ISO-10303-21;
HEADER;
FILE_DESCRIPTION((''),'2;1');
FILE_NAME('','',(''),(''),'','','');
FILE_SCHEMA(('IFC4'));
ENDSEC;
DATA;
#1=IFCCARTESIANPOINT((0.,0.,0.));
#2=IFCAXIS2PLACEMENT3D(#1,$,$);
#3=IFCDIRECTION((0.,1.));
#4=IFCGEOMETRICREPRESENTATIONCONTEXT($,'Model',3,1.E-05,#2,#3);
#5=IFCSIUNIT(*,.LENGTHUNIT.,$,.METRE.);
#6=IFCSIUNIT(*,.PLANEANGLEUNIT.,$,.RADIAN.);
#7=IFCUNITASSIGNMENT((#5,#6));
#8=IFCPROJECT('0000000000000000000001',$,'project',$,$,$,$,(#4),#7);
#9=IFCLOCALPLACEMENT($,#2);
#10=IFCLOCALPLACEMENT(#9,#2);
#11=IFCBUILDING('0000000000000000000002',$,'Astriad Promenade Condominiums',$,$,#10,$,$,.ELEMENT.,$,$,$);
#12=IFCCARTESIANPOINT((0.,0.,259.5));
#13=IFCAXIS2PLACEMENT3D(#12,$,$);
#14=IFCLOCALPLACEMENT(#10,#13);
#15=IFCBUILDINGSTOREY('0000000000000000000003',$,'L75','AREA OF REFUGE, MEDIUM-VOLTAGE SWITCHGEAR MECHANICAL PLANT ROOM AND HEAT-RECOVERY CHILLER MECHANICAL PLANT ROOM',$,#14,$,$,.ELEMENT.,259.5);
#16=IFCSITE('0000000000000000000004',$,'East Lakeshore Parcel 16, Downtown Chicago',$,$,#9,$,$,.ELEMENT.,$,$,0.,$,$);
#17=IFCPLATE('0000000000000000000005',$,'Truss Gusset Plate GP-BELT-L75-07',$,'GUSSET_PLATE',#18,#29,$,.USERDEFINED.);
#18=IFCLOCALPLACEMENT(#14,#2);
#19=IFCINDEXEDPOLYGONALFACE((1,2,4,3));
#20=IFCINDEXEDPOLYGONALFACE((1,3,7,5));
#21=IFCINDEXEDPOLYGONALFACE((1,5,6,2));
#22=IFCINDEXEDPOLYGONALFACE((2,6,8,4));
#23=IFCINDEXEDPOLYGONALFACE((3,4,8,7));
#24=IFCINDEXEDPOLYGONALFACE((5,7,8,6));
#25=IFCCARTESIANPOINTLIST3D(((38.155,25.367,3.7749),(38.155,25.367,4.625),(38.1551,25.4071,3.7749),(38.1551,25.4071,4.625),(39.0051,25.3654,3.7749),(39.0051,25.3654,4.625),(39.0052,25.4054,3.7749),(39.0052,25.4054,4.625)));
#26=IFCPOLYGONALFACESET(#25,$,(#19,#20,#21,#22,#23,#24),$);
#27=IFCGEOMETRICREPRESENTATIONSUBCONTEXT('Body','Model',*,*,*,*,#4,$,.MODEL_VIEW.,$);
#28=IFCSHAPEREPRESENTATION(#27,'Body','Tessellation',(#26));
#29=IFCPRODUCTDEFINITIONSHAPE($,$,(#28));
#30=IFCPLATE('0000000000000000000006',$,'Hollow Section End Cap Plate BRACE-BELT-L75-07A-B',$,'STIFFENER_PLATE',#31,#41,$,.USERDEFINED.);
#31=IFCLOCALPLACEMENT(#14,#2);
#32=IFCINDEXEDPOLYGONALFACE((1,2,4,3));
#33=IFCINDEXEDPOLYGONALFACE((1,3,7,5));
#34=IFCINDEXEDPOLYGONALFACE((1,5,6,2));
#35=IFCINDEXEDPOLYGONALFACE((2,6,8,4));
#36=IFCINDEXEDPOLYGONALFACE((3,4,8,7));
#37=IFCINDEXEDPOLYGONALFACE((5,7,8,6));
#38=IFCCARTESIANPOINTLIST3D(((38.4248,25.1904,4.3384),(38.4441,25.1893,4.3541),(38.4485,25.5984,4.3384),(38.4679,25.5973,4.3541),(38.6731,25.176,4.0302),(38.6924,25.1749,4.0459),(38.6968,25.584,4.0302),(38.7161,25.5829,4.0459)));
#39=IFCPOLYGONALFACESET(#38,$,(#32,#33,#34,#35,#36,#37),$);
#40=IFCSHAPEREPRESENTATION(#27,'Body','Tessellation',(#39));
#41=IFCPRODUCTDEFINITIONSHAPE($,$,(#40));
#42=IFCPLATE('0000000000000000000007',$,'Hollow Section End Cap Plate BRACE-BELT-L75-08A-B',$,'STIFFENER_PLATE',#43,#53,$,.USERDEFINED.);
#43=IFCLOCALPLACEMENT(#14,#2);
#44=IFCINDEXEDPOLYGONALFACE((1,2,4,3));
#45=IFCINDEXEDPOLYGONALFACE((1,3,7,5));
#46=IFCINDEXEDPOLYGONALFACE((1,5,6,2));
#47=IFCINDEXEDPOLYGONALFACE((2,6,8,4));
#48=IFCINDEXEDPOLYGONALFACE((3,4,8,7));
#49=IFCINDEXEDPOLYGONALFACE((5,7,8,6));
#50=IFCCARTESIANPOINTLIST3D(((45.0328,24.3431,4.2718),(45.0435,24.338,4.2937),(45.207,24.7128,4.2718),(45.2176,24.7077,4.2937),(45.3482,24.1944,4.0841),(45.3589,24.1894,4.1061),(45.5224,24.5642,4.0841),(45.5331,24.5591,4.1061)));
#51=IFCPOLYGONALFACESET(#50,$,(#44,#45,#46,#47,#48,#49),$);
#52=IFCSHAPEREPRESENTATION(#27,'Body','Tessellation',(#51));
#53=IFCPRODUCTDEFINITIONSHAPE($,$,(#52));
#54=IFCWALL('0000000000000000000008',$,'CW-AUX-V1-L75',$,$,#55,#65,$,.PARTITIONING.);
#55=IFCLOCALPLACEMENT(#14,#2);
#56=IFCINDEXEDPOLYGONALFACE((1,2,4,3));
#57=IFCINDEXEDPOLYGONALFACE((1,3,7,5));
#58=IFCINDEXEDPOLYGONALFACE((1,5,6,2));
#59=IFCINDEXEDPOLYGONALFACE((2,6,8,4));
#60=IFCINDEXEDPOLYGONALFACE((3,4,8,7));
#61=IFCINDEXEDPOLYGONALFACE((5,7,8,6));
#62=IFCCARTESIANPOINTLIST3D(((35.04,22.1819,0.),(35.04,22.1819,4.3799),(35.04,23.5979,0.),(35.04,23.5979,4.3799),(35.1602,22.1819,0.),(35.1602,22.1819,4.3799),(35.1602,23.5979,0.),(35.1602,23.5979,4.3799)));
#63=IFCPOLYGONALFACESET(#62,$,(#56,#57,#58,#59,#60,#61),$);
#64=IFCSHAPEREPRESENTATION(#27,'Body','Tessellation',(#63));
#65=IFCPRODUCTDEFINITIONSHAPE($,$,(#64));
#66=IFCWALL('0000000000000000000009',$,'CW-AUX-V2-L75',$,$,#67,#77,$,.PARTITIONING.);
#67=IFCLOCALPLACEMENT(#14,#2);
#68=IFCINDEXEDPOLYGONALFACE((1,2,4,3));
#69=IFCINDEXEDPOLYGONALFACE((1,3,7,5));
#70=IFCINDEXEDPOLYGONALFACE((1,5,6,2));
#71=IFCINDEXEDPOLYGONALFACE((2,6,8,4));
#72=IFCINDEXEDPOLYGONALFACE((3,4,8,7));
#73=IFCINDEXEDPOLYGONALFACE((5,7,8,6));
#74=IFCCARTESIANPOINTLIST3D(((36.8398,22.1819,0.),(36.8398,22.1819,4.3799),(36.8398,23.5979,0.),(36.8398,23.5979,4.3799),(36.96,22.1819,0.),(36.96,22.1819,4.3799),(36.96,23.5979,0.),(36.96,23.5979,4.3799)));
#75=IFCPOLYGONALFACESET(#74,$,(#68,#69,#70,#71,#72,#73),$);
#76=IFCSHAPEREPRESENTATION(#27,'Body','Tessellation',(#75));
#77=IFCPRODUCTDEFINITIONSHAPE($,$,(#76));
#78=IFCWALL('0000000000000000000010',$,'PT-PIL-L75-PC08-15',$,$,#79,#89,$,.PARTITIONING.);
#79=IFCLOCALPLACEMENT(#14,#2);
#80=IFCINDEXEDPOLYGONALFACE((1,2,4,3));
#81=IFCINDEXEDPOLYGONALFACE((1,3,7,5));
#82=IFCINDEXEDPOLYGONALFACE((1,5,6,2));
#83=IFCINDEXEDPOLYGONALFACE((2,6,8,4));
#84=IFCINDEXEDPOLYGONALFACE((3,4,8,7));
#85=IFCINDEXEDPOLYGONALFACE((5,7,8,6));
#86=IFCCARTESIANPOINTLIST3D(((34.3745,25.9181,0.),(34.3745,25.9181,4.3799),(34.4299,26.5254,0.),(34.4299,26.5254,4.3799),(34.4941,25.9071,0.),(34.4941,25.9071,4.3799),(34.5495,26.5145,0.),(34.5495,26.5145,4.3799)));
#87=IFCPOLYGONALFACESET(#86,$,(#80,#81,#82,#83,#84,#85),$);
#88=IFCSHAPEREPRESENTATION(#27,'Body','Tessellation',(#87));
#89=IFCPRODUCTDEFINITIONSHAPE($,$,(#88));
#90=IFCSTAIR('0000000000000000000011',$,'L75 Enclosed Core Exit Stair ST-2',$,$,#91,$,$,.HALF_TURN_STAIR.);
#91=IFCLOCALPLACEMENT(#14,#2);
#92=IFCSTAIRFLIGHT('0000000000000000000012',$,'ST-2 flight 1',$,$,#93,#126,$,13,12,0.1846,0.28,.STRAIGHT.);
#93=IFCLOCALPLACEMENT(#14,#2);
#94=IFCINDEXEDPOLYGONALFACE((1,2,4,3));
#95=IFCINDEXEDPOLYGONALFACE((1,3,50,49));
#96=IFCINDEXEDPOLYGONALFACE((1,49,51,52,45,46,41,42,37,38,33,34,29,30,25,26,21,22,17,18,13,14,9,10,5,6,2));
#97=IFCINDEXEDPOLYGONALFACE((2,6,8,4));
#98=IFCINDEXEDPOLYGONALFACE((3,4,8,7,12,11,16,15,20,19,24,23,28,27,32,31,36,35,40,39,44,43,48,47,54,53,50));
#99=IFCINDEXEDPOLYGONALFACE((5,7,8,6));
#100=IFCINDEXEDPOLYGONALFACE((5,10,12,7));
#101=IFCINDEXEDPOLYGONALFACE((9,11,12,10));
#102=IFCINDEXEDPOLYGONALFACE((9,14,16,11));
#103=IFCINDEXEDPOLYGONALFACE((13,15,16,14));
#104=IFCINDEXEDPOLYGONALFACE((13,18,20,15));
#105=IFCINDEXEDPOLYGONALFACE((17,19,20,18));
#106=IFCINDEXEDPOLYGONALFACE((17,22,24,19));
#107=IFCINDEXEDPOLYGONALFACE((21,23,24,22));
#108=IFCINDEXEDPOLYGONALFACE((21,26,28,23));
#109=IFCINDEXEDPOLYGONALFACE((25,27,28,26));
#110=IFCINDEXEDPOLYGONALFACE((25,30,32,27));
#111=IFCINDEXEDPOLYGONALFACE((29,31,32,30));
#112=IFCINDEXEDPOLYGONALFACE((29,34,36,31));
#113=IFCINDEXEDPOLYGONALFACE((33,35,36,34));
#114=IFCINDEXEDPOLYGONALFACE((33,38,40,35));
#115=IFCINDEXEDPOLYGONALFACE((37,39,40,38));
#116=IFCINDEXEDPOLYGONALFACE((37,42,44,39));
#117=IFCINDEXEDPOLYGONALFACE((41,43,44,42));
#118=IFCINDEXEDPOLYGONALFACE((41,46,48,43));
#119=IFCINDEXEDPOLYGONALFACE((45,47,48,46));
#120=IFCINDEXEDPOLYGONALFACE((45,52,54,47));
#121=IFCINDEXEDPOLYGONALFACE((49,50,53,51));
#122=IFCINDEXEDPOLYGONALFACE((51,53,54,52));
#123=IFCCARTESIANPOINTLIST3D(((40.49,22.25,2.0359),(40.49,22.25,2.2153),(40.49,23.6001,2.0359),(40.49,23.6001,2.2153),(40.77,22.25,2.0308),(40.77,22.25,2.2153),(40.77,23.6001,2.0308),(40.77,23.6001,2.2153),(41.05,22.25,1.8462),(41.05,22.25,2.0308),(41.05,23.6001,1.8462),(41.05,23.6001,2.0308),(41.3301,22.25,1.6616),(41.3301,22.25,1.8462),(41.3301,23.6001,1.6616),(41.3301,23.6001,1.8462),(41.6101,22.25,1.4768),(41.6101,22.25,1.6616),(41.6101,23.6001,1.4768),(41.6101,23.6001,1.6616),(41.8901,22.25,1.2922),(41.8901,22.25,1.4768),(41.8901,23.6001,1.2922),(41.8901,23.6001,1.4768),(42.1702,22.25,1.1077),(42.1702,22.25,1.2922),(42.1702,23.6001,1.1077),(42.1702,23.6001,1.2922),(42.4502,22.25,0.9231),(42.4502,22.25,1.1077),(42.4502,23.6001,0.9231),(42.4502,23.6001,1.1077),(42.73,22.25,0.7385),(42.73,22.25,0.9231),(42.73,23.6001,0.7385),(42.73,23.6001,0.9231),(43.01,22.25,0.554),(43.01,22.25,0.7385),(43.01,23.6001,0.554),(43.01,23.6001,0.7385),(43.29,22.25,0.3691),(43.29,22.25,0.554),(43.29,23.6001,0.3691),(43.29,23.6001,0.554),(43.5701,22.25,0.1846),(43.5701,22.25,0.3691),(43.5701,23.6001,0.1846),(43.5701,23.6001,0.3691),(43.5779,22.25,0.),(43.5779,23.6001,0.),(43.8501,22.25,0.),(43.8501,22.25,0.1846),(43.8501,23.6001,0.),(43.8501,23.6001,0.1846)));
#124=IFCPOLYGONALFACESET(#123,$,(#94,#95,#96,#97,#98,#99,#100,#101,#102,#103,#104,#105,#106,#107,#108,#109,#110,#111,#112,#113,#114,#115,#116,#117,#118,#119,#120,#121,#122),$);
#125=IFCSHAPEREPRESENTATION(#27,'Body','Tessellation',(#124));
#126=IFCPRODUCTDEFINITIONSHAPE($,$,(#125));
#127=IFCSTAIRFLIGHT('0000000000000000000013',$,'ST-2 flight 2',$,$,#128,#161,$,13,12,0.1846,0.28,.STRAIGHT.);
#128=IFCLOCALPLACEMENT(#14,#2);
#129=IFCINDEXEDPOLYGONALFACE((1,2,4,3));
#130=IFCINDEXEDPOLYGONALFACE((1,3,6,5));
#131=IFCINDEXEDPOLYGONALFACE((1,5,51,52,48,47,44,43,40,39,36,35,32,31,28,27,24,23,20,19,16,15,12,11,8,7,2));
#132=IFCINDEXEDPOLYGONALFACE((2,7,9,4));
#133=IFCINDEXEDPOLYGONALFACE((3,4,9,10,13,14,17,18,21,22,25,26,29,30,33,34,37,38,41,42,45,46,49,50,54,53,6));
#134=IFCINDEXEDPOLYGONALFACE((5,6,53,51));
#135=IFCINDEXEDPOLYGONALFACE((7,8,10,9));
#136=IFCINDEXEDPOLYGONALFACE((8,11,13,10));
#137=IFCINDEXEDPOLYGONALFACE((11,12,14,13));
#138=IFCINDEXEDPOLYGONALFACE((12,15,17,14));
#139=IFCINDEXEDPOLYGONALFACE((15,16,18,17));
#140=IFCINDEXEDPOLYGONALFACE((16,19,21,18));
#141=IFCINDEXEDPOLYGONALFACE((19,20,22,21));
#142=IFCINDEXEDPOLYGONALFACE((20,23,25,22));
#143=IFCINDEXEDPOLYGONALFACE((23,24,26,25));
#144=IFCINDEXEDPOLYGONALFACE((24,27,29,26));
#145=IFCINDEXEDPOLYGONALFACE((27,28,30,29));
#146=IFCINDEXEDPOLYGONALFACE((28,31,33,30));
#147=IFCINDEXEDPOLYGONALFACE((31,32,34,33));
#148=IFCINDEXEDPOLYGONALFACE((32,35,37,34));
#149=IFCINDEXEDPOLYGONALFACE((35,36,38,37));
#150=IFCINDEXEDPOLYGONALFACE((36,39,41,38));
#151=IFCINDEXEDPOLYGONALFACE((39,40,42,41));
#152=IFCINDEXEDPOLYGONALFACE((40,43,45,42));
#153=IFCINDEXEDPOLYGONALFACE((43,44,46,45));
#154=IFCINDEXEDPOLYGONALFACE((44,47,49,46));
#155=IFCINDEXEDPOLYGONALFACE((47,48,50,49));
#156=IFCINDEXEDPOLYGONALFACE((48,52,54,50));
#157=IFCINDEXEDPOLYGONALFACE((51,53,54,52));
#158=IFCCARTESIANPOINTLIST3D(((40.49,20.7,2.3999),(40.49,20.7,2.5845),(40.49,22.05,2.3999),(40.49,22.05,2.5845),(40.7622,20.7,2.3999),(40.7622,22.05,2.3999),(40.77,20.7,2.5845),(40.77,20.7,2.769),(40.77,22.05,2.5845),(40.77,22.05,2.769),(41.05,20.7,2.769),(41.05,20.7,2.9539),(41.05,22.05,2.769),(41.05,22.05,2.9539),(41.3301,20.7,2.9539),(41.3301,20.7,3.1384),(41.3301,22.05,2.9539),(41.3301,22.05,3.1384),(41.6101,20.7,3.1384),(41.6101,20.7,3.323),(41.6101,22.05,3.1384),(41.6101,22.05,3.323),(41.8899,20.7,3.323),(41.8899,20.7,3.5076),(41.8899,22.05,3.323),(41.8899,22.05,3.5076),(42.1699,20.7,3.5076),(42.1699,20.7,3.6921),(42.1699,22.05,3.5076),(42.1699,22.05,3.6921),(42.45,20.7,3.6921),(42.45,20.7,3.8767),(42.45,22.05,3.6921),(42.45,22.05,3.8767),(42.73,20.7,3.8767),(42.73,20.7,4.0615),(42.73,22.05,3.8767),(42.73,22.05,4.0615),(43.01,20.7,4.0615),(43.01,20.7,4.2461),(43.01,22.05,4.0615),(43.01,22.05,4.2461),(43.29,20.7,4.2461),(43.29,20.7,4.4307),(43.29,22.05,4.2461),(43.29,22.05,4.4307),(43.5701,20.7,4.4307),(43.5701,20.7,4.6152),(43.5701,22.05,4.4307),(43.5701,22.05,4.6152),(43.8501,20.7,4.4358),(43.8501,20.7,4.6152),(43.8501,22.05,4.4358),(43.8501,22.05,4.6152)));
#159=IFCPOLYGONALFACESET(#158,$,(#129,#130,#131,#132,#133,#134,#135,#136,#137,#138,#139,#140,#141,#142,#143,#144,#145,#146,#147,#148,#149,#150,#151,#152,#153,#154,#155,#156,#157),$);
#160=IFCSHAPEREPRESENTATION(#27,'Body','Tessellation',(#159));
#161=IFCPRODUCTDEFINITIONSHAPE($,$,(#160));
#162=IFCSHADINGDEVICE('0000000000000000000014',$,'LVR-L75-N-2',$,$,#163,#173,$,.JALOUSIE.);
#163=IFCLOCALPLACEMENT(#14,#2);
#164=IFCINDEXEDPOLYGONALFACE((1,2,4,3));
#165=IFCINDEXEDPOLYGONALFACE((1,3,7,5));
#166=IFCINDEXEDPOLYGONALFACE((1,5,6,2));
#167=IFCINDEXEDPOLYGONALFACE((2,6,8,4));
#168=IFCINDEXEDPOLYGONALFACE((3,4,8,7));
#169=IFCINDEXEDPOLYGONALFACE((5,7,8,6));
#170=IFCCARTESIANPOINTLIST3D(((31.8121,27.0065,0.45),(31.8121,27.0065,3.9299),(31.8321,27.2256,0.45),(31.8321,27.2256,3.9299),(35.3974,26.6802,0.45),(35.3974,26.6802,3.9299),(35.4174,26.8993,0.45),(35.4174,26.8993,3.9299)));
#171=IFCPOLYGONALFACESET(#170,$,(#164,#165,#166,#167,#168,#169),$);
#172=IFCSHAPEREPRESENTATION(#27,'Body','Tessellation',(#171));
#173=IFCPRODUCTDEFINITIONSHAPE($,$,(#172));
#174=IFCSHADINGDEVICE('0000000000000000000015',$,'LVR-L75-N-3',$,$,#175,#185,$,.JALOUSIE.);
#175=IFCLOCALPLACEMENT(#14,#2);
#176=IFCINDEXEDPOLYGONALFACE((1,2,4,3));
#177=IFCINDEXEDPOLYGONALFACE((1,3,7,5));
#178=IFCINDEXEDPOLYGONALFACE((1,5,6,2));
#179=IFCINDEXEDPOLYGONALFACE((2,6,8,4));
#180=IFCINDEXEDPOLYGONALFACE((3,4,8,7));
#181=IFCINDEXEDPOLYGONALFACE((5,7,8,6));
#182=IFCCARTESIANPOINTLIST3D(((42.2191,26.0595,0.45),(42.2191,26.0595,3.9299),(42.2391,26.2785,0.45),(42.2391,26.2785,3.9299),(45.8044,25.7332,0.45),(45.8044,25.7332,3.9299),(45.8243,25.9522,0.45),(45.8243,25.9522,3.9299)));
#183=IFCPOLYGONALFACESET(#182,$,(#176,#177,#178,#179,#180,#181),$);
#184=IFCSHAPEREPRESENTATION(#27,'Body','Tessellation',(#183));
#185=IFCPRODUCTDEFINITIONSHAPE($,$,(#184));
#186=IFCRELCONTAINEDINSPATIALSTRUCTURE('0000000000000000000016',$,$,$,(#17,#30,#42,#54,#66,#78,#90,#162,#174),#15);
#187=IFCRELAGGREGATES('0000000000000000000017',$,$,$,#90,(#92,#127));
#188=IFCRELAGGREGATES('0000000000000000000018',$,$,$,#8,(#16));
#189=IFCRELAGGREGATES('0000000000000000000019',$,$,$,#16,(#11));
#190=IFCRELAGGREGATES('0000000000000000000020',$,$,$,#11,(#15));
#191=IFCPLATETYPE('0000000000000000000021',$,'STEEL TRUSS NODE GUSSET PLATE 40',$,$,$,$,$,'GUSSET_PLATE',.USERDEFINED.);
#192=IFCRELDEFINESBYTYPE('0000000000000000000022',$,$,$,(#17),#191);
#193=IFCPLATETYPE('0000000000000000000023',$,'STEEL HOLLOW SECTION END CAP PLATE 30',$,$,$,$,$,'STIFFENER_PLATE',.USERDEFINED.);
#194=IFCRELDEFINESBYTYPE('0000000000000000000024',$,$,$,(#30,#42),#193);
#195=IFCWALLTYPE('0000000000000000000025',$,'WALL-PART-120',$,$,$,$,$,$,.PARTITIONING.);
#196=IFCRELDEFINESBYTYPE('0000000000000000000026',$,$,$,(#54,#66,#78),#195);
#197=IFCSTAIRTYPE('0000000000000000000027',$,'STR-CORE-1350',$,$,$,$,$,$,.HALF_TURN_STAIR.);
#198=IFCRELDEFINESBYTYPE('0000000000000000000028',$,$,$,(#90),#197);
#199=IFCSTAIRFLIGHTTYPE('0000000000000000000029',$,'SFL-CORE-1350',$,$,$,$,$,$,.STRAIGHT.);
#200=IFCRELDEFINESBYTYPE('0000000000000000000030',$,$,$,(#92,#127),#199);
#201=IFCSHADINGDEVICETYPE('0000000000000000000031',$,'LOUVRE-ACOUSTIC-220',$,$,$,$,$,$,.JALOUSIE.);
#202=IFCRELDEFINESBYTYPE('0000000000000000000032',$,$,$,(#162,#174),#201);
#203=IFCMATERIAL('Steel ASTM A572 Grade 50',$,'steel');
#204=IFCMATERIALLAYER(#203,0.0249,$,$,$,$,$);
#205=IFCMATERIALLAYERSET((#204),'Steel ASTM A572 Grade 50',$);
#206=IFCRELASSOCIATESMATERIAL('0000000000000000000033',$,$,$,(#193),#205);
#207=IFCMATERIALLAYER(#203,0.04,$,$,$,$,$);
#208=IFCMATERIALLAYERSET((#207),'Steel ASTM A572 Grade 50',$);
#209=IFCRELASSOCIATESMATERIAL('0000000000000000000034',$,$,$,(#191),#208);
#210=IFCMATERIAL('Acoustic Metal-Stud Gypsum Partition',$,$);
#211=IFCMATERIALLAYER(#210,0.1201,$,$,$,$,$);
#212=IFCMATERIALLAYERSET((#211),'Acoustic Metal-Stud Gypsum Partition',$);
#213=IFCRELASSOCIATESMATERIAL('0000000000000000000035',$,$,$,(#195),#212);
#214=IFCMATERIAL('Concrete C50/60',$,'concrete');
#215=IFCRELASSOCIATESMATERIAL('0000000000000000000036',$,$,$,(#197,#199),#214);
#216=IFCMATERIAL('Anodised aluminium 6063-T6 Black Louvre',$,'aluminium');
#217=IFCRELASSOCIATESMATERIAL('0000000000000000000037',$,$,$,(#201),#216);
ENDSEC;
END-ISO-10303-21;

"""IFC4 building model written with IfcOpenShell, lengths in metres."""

from ifc_helpers import new_model, si_unit, direction, frame, frame_2d, origin, origin_2d, place, context, subcontext, project, spatial, polyline, rectangle, outline, extrude, source, transform, mapped, material, layer, layer_set, type_object, type_shapes, element, aggregate, save


model = new_model("IFC4")

# Units and contexts
model_context = context("Model", 3, precision=1e-05, world=origin(), true_north=direction((0.0, 1.0)))
body_context = subcontext(model_context, "Body", "Model", "MODEL_VIEW")
ifc_project = project(units=[si_unit("LENGTHUNIT", "METRE"), si_unit("PLANEANGLEUNIT", "RADIAN")], contexts=[model_context])

# Site, building, storey
site_placement = place(None, origin())
site = spatial("IfcSite", under=ifc_project, at=site_placement, Name="East Lakeshore Parcel 16, Downtown Chicago", CompositionType="ELEMENT", RefElevation=0.0)
building_placement = place(site_placement, origin())
building = spatial("IfcBuilding", under=site, at=building_placement, Name="Astriad Promenade Condominiums", CompositionType="ELEMENT")
storey_placement = place(building_placement, frame((0.0, 0.0, 259.5)))
storey = spatial("IfcBuildingStorey", under=building, at=storey_placement, Name="L75", Description="AREA OF REFUGE, MEDIUM-VOLTAGE SWITCHGEAR MECHANICAL PLANT ROOM AND HEAT-RECOVERY CHILLER MECHANICAL PLANT ROOM", CompositionType="ELEMENT", Elevation=259.5)

# Plates
ifc_material_1 = material(Name="Steel ASTM A572 Grade 50", Category="steel")
ifc_layer_1 = layer(ifc_material_1, 0.0249)
ifc_layer_set_1 = layer_set([ifc_layer_1], Name="Steel ASTM A572 Grade 50")
plate_type_1 = type_object("IfcPlateType", Name="STEEL HOLLOW SECTION END CAP PLATE 30", ElementType="STIFFENER_PLATE", PredefinedType="USERDEFINED", material=ifc_layer_set_1)
ifc_layer_2 = layer(ifc_material_1, 0.04)
ifc_layer_set_2 = layer_set([ifc_layer_2], Name="Steel ASTM A572 Grade 50")
plate_type_2 = type_object("IfcPlateType", Name="STEEL TRUSS NODE GUSSET PLATE 40", ElementType="GUSSET_PLATE", PredefinedType="USERDEFINED", material=ifc_layer_set_2)
shared_shape_1 = source(origin(), body_context, "Body", "SweptSolid", [
    extrude(rectangle(XDim=0.8501, YDim=0.04, at=origin_2d()), origin(), (0.0, 0.0, 1.0), 0.8501),
])
type_shapes(plate_type_2, [shared_shape_1])
plate_placement = place(storey_placement, frame((38.5801, 25.3862, 3.7749), z_axis=(0.0, 0.0, 1.0), x_axis=(0.999998, -0.00192, 0.0)))
element("IfcPlate", 1, at=plate_placement, inside=storey, type_object=plate_type_2, Name="Truss Gusset Plate GP-BELT-L75-07", ObjectType="GUSSET_PLATE", PredefinedType="USERDEFINED", context=body_context, shape_type="MappedRepresentation", body=[
    mapped(shared_shape_1, transform((0.0, 0.0, 0.0), scale=1.0)),
])
shared_shape_2 = source(origin(), body_context, "Body", "SweptSolid", [
    extrude(rectangle(XDim=0.4087, YDim=0.396, at=origin_2d()), origin(), (0.0, 0.0, 1.0), 0.0249),
])
for number, where, z_axis, x_axis, name in (
    (2, (38.5608, 25.3872, 4.1843), (0.776919, -0.045189, 0.627976), (0.058067, 0.998313, 0.0), "Hollow Section End Cap Plate BRACE-BELT-L75-07A-B"),
    (3, (45.2776, 24.4536, 4.178), (0.428743, -0.202005, 0.880553), (0.426218, 0.90462, 0.0), "Hollow Section End Cap Plate BRACE-BELT-L75-08A-B"),
):
    element("IfcPlate", number, at=place(storey_placement, frame(where, z_axis=z_axis, x_axis=x_axis)), inside=storey, type_object=plate_type_1, Name=name, ObjectType="STIFFENER_PLATE", PredefinedType="USERDEFINED", context=body_context, shape_type="MappedRepresentation", body=[
        mapped(shared_shape_2, transform((0.0, 0.0, 0.0), scale=1.0)),
    ])

# Walls
ifc_material_2 = material(Name="Acoustic Metal-Stud Gypsum Partition")
ifc_layer_3 = layer(ifc_material_2, 0.1201)
ifc_layer_set_3 = layer_set([ifc_layer_3], Name="Acoustic Metal-Stud Gypsum Partition")
wall_type = type_object("IfcWallType", Name="WALL-PART-120", PredefinedType="PARTITIONING", material=ifc_layer_set_3)
for number, where, z_axis, x_axis, name in (
    (4, (35.1001, 22.1819, 0.0), (0.0, 0.0, 1.0), (0.0, 1.0, 0.0), "CW-AUX-V1-L75"),
    (5, (36.8999, 22.1819, 0.0), (0.0, 0.0, 1.0), (0.0, 1.0, 0.0), "CW-AUX-V2-L75"),
):
    element("IfcWall", number, at=place(storey_placement, frame(where, z_axis=z_axis, x_axis=x_axis)), inside=storey, type_object=wall_type, Name=name, PredefinedType="PARTITIONING", context=body_context, shape_type="SweptSolid", body=[
        extrude(rectangle(XDim=1.416, YDim=0.1201, at=frame_2d((0.708, 0.0))), origin(), (0.0, 0.0, 1.0), 4.3799),
    ])
wall_placement = place(storey_placement, frame((34.4343, 25.9126, 0.0), z_axis=(0.0, 0.0, 1.0), x_axis=(0.090861, 0.995864, 0.0)))
element("IfcWall", 6, at=wall_placement, inside=storey, type_object=wall_type, Name="PT-PIL-L75-PC08-15", PredefinedType="PARTITIONING", context=body_context, shape_type="SweptSolid", body=[
    extrude(rectangle(XDim=0.6099, YDim=0.1201, at=frame_2d((0.3049, 0.0))), origin(), (0.0, 0.0, 1.0), 4.3799),
])

# Stair, stair flights
ifc_material_3 = material(Name="Concrete C50/60", Category="concrete")
stair_type = type_object("IfcStairType", Name="STR-CORE-1350", PredefinedType="HALF_TURN_STAIR", material=ifc_material_3)
stair_placement = place(storey_placement, origin())
stair = element("IfcStair", 7, at=stair_placement, inside=storey, type_object=stair_type, Name="L75 Enclosed Core Exit Stair ST-2", PredefinedType="HALF_TURN_STAIR")
stair_flight_type = type_object("IfcStairFlightType", Name="SFL-CORE-1350", PredefinedType="STRAIGHT", material=ifc_material_3)
shared_shape_3 = source(origin(), body_context, "Body", "SweptSolid", [
    extrude(outline(polyline([(0.0, 0.0), (0.0, 0.1846), (0.28, 0.1846), (0.28, 0.3691), (0.5601, 0.3691), (0.5601, 0.554), (0.8401, 0.554), (0.8401, 0.7385), (1.1201, 0.7385), (1.1201, 0.9231), (1.3999, 0.9231), (1.3999, 1.1077), (1.6799, 1.1077), (1.6799, 1.2922), (1.96, 1.2922), (1.96, 1.4768), (2.24, 1.4768), (2.24, 1.6616), (2.52, 1.6616), (2.52, 1.8462), (2.8, 1.8462), (2.8, 2.0308), (3.0801, 2.0308), (3.0801, 2.2153), (3.3601, 2.2153), (3.3601, 2.3999), (3.3601, 2.0359), (0.2722, 0.0), (0.0, 0.0)])), frame((0.0, 0.675, 0.0), z_axis=(0.0, -1.0, 0.0), x_axis=(1.0, 0.0, 0.0)), (0.0, 0.0, 1.0), 1.3501),
])
type_shapes(stair_flight_type, [shared_shape_3])
stair_flight_1_placement = place(storey_placement, frame((43.8501, 22.925, 0.0), z_axis=(0.0, 0.0, 1.0), x_axis=(-1.0, 0.0, 0.0)))
stair_flight_1 = element("IfcStairFlight", 8, at=stair_flight_1_placement, type_object=stair_flight_type, Name="ST-2 flight 1", NumberOfRisers=13, NumberOfTreads=12, PredefinedType="STRAIGHT", RiserHeight=0.1846, TreadLength=0.28, context=body_context, shape_type="MappedRepresentation", body=[
    mapped(shared_shape_3, transform((0.0, 0.0, 0.0), scale=1.0)),
])
stair_flight_2_placement = place(storey_placement, frame((40.49, 21.375, 2.3999), z_axis=(0.0, 0.0, 1.0), x_axis=(1.0, 0.0, 0.0)))
stair_flight_2 = element("IfcStairFlight", 9, at=stair_flight_2_placement, type_object=stair_flight_type, Name="ST-2 flight 2", NumberOfRisers=13, NumberOfTreads=12, PredefinedType="STRAIGHT", RiserHeight=0.1846, TreadLength=0.28, context=body_context, shape_type="MappedRepresentation", body=[
    mapped(shared_shape_3, transform((0.0, 0.0, 0.0), scale=1.0)),
])
aggregate(stair, [stair_flight_1, stair_flight_2])

# Shading devices
ifc_material_4 = material(Name="Anodised aluminium 6063-T6 Black Louvre", Category="aluminium")
shading_device_type_1 = type_object("IfcShadingDeviceType", Name="LOUVRE-ACOUSTIC-220", PredefinedType="JALOUSIE", material=ifc_material_4)
shared_shape_4 = source(origin(), body_context, "Body", "SweptSolid", [
    extrude(rectangle(XDim=3.6001, YDim=0.22, at=origin_2d()), origin(), (0.0, 0.0, 1.0), 3.48),
])
type_shapes(shading_device_type_1, [shared_shape_4])
for number, where, z_axis, x_axis, name in (
    (10, (33.6147, 26.9529, 0.45), (0.0, 0.0, 1.0), (0.995884, -0.090633, 0.0), "LVR-L75-N-2"),
    (11, (44.0217, 26.0059, 0.45), (0.0, 0.0, 1.0), (0.995884, -0.090633, 0.0), "LVR-L75-N-3"),
):
    element("IfcShadingDevice", number, at=place(storey_placement, frame(where, z_axis=z_axis, x_axis=x_axis)), inside=storey, type_object=shading_device_type_1, Name=name, PredefinedType="JALOUSIE", context=body_context, shape_type="MappedRepresentation", body=[
        mapped(shared_shape_4, transform((0.0, 0.0, 0.0), scale=1.0)),
    ])

save(model, "model.ifc")
